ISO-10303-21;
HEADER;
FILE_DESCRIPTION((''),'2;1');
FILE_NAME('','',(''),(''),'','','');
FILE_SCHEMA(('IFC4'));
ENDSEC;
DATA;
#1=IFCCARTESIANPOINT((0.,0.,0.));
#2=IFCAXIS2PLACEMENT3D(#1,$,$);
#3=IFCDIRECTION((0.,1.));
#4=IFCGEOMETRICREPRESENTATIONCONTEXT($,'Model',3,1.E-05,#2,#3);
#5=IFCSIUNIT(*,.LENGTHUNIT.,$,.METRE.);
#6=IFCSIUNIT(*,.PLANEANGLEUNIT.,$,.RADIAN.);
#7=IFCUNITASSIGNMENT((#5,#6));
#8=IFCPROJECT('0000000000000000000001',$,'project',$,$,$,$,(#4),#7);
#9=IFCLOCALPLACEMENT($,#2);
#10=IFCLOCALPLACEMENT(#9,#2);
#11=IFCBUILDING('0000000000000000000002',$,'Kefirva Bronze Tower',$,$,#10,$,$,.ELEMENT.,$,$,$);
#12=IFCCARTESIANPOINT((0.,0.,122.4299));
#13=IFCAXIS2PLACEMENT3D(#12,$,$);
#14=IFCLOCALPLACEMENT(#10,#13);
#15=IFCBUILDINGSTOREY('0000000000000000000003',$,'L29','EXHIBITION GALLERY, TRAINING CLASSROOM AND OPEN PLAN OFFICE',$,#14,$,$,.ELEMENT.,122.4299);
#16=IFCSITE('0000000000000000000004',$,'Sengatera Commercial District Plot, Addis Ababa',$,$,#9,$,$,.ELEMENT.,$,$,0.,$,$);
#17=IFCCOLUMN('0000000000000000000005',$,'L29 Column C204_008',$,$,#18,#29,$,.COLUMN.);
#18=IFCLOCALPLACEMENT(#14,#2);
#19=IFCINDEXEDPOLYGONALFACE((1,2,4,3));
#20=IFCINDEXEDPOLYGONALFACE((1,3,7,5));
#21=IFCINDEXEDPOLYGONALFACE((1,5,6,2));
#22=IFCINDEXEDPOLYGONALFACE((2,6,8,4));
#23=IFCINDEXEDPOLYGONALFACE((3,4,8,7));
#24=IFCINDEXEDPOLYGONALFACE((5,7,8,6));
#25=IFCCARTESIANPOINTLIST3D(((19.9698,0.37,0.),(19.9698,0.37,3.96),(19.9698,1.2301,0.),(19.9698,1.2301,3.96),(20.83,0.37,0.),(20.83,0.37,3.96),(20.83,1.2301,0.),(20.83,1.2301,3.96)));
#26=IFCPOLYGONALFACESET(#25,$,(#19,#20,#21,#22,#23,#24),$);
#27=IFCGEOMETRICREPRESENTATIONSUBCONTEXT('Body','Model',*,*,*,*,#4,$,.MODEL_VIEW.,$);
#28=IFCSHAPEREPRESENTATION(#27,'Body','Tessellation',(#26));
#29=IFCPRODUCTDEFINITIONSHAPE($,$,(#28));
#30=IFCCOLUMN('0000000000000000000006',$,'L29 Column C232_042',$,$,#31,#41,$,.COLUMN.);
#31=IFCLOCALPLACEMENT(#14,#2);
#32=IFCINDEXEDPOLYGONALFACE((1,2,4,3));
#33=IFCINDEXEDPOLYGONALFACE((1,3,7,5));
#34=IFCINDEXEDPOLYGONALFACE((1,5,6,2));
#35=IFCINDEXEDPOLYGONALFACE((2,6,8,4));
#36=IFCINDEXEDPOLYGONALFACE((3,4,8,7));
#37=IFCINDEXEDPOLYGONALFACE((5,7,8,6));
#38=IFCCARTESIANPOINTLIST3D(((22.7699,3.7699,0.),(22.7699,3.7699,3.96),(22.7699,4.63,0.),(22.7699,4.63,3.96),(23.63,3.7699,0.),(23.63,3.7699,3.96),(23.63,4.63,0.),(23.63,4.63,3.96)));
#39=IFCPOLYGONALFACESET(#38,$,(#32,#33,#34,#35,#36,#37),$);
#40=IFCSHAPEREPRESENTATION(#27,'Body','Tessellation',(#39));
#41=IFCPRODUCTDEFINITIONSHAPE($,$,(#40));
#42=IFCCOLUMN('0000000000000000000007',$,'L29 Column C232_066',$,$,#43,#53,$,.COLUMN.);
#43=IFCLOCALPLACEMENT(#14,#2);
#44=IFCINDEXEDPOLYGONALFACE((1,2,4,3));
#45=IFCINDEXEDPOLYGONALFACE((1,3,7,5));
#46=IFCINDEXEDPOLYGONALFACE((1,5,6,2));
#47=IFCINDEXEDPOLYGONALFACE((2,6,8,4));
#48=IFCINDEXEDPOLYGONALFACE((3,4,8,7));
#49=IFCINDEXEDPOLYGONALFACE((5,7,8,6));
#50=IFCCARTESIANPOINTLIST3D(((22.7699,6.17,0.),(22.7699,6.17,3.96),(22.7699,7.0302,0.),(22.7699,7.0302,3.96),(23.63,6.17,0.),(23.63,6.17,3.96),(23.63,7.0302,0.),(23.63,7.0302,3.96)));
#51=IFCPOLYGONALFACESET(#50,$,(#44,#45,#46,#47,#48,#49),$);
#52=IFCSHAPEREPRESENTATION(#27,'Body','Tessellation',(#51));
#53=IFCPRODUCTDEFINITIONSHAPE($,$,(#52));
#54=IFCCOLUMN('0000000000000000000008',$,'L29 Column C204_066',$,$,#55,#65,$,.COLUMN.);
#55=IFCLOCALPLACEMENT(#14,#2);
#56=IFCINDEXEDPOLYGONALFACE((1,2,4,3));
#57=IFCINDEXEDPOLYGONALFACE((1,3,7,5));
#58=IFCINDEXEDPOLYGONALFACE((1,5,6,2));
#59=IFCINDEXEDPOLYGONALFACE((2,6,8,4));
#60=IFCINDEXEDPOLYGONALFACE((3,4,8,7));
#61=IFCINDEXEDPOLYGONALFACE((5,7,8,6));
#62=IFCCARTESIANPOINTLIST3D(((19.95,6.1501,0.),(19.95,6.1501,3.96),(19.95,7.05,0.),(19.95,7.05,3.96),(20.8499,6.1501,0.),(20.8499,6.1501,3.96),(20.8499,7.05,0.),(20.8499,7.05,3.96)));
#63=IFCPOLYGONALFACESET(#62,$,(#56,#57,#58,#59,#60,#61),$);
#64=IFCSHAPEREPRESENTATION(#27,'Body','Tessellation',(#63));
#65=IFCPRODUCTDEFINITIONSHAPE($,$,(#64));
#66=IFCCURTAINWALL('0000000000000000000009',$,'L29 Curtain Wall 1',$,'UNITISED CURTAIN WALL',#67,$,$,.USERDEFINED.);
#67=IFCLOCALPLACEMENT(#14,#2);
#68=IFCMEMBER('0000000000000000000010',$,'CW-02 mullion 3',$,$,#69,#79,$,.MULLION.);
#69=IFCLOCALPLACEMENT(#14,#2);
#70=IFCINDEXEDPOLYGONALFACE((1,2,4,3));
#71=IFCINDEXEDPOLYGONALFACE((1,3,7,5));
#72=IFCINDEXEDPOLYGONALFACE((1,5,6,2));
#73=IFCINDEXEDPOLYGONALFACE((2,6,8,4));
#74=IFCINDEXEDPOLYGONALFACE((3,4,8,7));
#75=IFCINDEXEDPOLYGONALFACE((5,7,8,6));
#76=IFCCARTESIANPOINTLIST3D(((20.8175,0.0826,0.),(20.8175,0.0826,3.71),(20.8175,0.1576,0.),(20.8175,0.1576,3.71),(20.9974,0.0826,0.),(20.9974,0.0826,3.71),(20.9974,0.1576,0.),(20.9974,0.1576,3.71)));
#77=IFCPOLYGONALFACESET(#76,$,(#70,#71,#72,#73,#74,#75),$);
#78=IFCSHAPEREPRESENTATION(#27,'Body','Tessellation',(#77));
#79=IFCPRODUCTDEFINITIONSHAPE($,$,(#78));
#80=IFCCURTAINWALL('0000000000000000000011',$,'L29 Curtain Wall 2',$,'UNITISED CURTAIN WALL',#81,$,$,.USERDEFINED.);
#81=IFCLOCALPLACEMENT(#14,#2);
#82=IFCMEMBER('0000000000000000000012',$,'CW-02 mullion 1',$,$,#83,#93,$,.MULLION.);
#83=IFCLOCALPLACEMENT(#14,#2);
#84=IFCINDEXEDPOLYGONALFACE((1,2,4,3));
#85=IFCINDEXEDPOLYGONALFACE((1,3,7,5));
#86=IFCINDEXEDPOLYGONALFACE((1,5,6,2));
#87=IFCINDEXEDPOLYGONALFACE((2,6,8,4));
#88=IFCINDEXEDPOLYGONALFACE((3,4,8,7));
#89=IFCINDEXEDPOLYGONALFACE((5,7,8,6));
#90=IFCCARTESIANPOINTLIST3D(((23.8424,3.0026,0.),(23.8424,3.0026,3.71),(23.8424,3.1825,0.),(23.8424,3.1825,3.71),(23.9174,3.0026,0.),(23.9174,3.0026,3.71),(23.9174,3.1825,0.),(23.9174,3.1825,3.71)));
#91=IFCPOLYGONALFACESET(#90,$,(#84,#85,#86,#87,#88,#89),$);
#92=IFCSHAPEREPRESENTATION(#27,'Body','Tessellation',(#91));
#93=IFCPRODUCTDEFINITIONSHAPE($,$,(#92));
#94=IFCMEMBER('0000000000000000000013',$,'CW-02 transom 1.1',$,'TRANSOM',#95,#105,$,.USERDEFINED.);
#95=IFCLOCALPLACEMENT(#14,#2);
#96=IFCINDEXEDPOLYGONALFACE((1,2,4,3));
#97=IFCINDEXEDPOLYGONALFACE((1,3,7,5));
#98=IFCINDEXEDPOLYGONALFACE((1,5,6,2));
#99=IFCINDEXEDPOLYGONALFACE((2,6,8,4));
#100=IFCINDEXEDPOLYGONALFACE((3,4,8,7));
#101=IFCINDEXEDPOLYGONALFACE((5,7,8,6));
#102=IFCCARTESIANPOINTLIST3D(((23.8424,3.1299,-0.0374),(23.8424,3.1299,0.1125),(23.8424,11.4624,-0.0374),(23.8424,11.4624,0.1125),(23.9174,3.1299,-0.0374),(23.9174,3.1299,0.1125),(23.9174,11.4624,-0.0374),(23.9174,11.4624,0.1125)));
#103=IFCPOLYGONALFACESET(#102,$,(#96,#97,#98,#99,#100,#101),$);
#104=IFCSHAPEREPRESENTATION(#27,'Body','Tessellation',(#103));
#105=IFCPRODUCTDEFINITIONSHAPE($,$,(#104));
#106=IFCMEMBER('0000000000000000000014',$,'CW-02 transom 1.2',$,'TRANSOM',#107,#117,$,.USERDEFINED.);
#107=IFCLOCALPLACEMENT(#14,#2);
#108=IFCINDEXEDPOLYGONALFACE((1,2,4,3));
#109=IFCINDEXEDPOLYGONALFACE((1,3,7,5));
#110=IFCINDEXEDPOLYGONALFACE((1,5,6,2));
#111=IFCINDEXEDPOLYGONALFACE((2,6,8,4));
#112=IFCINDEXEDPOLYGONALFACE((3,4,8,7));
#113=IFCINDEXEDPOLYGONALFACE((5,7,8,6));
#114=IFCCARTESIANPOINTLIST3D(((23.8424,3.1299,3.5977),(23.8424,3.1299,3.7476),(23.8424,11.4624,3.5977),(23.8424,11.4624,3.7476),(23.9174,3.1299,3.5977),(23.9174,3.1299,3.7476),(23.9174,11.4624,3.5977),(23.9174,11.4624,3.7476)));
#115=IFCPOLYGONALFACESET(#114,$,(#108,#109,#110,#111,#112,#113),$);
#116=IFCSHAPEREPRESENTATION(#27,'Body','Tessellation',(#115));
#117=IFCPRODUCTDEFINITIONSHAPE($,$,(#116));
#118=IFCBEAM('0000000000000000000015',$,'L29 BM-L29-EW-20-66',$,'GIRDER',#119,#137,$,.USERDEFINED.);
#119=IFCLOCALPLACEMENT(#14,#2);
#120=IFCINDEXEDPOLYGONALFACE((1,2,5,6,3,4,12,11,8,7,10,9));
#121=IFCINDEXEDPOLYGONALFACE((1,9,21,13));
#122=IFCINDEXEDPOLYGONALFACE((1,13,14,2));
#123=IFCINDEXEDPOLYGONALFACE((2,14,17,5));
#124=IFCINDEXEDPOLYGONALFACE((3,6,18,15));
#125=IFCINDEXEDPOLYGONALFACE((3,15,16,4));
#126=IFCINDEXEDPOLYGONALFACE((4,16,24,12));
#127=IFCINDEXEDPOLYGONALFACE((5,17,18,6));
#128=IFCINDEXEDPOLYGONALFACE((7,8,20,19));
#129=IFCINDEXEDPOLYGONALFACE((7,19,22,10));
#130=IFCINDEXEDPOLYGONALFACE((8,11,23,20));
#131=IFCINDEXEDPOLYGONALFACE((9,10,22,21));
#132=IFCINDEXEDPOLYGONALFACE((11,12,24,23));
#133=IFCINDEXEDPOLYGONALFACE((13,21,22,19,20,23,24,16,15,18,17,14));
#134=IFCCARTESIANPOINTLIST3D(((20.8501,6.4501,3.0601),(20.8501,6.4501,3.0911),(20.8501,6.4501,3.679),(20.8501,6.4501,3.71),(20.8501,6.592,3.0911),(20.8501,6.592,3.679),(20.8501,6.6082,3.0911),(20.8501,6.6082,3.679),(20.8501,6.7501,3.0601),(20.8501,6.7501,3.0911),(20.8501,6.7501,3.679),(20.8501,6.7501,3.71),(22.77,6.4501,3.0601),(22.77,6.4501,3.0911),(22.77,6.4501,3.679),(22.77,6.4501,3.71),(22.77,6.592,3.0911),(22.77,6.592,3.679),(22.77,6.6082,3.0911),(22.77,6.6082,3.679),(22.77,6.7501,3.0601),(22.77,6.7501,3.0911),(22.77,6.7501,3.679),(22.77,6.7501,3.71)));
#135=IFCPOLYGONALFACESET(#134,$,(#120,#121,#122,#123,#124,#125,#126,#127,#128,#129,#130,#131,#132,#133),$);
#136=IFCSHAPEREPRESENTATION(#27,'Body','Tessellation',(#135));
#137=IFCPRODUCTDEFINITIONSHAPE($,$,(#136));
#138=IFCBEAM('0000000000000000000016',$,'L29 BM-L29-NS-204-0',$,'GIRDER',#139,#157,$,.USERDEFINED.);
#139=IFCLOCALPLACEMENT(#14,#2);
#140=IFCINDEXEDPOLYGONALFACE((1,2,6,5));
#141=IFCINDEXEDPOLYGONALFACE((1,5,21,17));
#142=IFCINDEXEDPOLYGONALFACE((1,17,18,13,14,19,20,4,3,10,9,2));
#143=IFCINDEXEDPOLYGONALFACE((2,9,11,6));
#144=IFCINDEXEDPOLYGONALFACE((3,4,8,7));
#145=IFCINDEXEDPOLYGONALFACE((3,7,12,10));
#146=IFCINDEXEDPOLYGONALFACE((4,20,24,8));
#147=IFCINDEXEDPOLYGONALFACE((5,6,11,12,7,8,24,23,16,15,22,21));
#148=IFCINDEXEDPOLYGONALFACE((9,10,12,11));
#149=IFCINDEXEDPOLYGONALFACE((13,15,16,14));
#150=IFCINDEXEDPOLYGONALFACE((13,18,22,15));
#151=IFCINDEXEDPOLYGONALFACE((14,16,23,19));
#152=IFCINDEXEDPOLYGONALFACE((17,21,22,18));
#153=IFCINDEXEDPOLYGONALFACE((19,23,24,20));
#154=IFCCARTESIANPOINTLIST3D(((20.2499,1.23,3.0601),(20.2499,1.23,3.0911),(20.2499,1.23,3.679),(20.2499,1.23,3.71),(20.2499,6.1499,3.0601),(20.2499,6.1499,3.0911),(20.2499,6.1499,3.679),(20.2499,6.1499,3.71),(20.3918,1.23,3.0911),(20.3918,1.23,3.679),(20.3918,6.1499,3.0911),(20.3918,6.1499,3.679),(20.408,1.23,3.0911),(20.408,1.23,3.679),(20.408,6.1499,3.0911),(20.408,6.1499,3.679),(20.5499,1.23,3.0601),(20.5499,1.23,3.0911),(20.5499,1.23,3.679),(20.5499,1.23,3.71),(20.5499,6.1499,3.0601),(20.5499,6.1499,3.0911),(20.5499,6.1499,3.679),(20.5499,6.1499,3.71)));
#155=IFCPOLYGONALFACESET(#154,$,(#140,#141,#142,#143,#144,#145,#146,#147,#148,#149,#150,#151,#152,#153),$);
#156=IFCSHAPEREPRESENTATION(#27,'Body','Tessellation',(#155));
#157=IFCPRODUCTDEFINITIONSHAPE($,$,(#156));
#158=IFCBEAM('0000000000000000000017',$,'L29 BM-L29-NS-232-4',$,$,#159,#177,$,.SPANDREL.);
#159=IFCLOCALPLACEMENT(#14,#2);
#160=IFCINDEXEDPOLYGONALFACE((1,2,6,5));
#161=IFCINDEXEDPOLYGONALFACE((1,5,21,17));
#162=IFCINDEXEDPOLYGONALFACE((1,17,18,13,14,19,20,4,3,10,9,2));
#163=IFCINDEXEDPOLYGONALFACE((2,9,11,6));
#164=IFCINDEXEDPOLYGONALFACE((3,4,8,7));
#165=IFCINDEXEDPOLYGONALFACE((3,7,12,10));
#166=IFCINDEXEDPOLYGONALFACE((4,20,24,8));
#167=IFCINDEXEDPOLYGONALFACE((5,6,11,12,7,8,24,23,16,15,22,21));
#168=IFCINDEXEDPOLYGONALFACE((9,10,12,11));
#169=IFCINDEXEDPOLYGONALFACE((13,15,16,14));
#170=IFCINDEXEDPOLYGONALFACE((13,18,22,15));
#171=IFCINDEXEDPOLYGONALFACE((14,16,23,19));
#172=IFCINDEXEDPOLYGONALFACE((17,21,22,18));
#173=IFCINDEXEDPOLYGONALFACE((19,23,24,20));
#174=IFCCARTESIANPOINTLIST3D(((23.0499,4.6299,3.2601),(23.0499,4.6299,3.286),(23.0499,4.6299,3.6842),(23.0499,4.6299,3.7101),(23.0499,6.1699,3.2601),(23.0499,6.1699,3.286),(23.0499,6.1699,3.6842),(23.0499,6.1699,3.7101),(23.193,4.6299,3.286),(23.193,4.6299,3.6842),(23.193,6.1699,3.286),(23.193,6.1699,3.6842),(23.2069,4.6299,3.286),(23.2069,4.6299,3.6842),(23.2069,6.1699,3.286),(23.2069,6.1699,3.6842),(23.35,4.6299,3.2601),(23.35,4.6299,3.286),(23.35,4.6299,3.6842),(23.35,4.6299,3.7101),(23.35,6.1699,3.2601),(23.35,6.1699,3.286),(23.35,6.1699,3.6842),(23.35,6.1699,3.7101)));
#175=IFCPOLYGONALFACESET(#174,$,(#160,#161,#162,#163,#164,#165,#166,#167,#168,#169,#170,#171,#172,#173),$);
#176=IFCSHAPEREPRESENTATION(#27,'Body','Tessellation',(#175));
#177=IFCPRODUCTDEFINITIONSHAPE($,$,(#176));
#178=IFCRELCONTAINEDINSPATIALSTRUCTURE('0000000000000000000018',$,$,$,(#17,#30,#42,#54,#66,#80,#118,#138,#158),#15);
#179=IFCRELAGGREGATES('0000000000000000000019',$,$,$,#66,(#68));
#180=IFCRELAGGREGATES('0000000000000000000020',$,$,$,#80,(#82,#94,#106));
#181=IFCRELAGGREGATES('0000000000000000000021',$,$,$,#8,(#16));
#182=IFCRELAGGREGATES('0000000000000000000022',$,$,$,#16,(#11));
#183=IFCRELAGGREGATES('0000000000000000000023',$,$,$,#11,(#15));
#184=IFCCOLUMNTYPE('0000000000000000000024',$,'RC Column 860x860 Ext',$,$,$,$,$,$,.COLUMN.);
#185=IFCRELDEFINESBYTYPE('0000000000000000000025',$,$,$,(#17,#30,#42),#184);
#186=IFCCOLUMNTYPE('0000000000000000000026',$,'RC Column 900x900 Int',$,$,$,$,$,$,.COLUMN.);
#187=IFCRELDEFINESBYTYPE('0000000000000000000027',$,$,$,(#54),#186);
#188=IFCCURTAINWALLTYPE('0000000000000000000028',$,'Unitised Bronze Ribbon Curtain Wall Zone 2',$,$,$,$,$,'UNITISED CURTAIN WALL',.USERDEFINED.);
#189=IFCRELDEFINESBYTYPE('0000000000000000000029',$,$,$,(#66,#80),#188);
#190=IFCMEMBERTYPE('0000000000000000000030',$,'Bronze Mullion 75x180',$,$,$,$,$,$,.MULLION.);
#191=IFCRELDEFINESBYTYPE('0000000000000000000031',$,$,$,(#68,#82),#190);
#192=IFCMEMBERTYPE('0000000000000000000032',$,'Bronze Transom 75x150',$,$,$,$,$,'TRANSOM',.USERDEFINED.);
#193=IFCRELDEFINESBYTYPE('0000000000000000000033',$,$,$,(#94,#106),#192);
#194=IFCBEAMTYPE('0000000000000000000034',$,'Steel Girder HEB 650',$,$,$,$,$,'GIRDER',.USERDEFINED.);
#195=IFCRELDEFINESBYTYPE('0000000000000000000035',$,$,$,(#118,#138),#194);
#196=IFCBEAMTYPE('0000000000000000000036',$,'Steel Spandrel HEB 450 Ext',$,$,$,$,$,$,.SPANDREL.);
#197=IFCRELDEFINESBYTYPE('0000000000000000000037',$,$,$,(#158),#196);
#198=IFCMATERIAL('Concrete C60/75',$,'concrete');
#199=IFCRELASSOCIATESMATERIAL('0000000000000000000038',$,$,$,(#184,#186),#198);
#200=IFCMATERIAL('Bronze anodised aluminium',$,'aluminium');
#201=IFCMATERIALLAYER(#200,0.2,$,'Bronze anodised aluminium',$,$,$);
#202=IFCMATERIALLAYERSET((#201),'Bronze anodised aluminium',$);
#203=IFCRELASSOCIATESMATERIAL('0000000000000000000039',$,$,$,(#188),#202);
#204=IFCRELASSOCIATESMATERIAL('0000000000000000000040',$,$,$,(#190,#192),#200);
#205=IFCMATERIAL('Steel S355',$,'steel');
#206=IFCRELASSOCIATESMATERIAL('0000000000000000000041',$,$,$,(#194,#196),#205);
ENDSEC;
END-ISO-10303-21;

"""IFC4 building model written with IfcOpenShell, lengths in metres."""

from ifc_helpers import new_model, si_unit, direction, frame, origin, origin_2d, place, context, subcontext, project, spatial, rectangle, i_section, extrude, material, layer, layer_set, material_profile, profile_set, type_object, element, aggregate, save


model = new_model("IFC4")

# Units and contexts
model_context = context("Model", 3, precision=1e-05, world=origin(), true_north=direction((0.0, 1.0)))
body_context = subcontext(model_context, "Body", "Model", "MODEL_VIEW")
ifc_project = project(units=[si_unit("LENGTHUNIT", "METRE"), si_unit("PLANEANGLEUNIT", "RADIAN")], contexts=[model_context])

# Site, building, storey
site_placement = place(None, origin())
site = spatial("IfcSite", under=ifc_project, at=site_placement, Name="Sengatera Commercial District Plot, Addis Ababa", CompositionType="ELEMENT", RefElevation=0.0)
building_placement = place(site_placement, origin())
building = spatial("IfcBuilding", under=site, at=building_placement, Name="Kefirva Bronze Tower", CompositionType="ELEMENT")
storey_placement = place(building_placement, frame((0.0, 0.0, 122.4299)))
storey = spatial("IfcBuildingStorey", under=building, at=storey_placement, Name="L29", Description="EXHIBITION GALLERY, TRAINING CLASSROOM AND OPEN PLAN OFFICE", CompositionType="ELEMENT", Elevation=122.4299)

# Columns
ifc_material_1 = material(Name="Concrete C60/75", Category="concrete")
ifc_material_profile_1 = material_profile(ifc_material_1, rectangle(XDim=0.8601, YDim=0.8601, at=origin_2d()), Name="RC 860x860")
ifc_profile_set_1 = profile_set([ifc_material_profile_1], Name="Concrete C60/75")
column_type_1 = type_object("IfcColumnType", Name="RC Column 860x860 Ext", PredefinedType="COLUMN", material=ifc_profile_set_1)
for number, where, z_axis, x_axis, name in (
    (1, (20.3999, 0.8, 0.0), (0.0, 0.0, 1.0), (1.0, 0.0, 0.0), "L29 Column C204_008"),
    (2, (23.2, 4.2, 0.0), (0.0, 0.0, 1.0), (1.0, 0.0, 0.0), "L29 Column C232_042"),
    (3, (23.2, 6.6001, 0.0), (0.0, 0.0, 1.0), (1.0, 0.0, 0.0), "L29 Column C232_066"),
):
    element("IfcColumn", number, at=place(storey_placement, frame(where, z_axis=z_axis, x_axis=x_axis)), inside=storey, type_object=column_type_1, Name=name, PredefinedType="COLUMN", context=body_context, shape_type="SweptSolid", body=[
        extrude(rectangle(XDim=0.8601, YDim=0.8601, at=origin_2d()), origin(), (0.0, 0.0, 1.0), 3.96),
    ])
ifc_material_profile_2 = material_profile(ifc_material_1, rectangle(XDim=0.8999, YDim=0.8999, at=origin_2d()), Name="RC 900x900")
ifc_profile_set_2 = profile_set([ifc_material_profile_2], Name="Concrete C60/75")
column_type_2 = type_object("IfcColumnType", Name="RC Column 900x900 Int", PredefinedType="COLUMN", material=ifc_profile_set_2)
column_placement = place(storey_placement, frame((20.3999, 6.6001, 0.0), z_axis=(0.0, 0.0, 1.0), x_axis=(1.0, 0.0, 0.0)))
element("IfcColumn", 4, at=column_placement, inside=storey, type_object=column_type_2, Name="L29 Column C204_066", PredefinedType="COLUMN", context=body_context, shape_type="SweptSolid", body=[
    extrude(rectangle(XDim=0.8999, YDim=0.8999, at=origin_2d()), origin(), (0.0, 0.0, 1.0), 3.96),
])

# Curtain wall, member
ifc_material_2 = material(Name="Bronze anodised aluminium", Category="aluminium")
ifc_layer_1 = layer(ifc_material_2, 0.2, Name="Bronze anodised aluminium")
ifc_layer_set_1 = layer_set([ifc_layer_1], Name="Bronze anodised aluminium")
curtain_wall_type = type_object("IfcCurtainWallType", Name="Unitised Bronze Ribbon Curtain Wall Zone 2", ElementType="UNITISED CURTAIN WALL", PredefinedType="USERDEFINED", material=ifc_layer_set_1)
curtain_wall_1_placement = place(storey_placement, origin())
curtain_wall_1 = element("IfcCurtainWall", 5, at=curtain_wall_1_placement, inside=storey, type_object=curtain_wall_type, Name="L29 Curtain Wall 1", ObjectType="UNITISED CURTAIN WALL", PredefinedType="USERDEFINED")
ifc_material_profile_3 = material_profile(ifc_material_2, rectangle(XDim=0.075, YDim=0.1799, at=origin_2d()), Name="ALU 75x180")
ifc_profile_set_3 = profile_set([ifc_material_profile_3], Name="Bronze anodised aluminium")
member_type_1 = type_object("IfcMemberType", Name="Bronze Mullion 75x180", PredefinedType="MULLION", material=ifc_profile_set_3)
member_1_placement = place(storey_placement, frame((20.9075, 0.1201, 0.0), z_axis=(0.0, 0.0, 1.0), x_axis=(0.0, 1.0, 0.0)))
member_1 = element("IfcMember", 6, at=member_1_placement, type_object=member_type_1, Name="CW-02 mullion 3", PredefinedType="MULLION", context=body_context, shape_type="SweptSolid", body=[
    extrude(rectangle(XDim=0.075, YDim=0.1799, at=origin_2d()), origin(), (0.0, 0.0, 1.0), 3.71),
])
aggregate(curtain_wall_1, [member_1])

# Curtain wall, members
curtain_wall_2_placement = place(storey_placement, origin())
curtain_wall_2 = element("IfcCurtainWall", 7, at=curtain_wall_2_placement, inside=storey, type_object=curtain_wall_type, Name="L29 Curtain Wall 2", ObjectType="UNITISED CURTAIN WALL", PredefinedType="USERDEFINED")
member_2_placement = place(storey_placement, frame((23.8799, 3.0925, 0.0), z_axis=(0.0, 0.0, 1.0), x_axis=(-1.0, 0.0, 0.0)))
member_2 = element("IfcMember", 8, at=member_2_placement, type_object=member_type_1, Name="CW-02 mullion 1", PredefinedType="MULLION", context=body_context, shape_type="SweptSolid", body=[
    extrude(rectangle(XDim=0.075, YDim=0.1799, at=origin_2d()), origin(), (0.0, 0.0, 1.0), 3.71),
])
ifc_material_profile_4 = material_profile(ifc_material_2, rectangle(XDim=0.075, YDim=0.1499, at=origin_2d()), Name="ALU 75x150")
ifc_profile_set_4 = profile_set([ifc_material_profile_4], Name="Bronze anodised aluminium")
member_type_2 = type_object("IfcMemberType", Name="Bronze Transom 75x150", ElementType="TRANSOM", PredefinedType="USERDEFINED", material=ifc_profile_set_4)
member_3_placement = place(storey_placement, frame((23.8799, 3.1299, 0.0376), z_axis=(0.0, 1.0, 0.0), x_axis=(-1.0, 0.0, 0.0)))
member_3 = element("IfcMember", 9, at=member_3_placement, type_object=member_type_2, Name="CW-02 transom 1.1", ObjectType="TRANSOM", PredefinedType="USERDEFINED", context=body_context, shape_type="SweptSolid", body=[
    extrude(rectangle(XDim=0.075, YDim=0.1499, at=origin_2d()), origin(), (0.0, 0.0, 1.0), 8.3325),
])
member_4_placement = place(storey_placement, frame((23.8799, 3.1299, 3.6726), z_axis=(0.0, 1.0, 0.0), x_axis=(-1.0, 0.0, 0.0)))
member_4 = element("IfcMember", 10, at=member_4_placement, type_object=member_type_2, Name="CW-02 transom 1.2", ObjectType="TRANSOM", PredefinedType="USERDEFINED", context=body_context, shape_type="SweptSolid", body=[
    extrude(rectangle(XDim=0.075, YDim=0.1499, at=origin_2d()), origin(), (0.0, 0.0, 1.0), 8.3325),
])
aggregate(curtain_wall_2, [member_2, member_3, member_4])

# Beams
ifc_material_3 = material(Name="Steel S355", Category="steel")
ifc_material_profile_5 = material_profile(ifc_material_3, i_section(OverallWidth=0.3, OverallDepth=0.6499, WebThickness=0.0161, FlangeThickness=0.031, at=origin_2d()), Name="HEB 650")
ifc_profile_set_5 = profile_set([ifc_material_profile_5], Name="Steel S355")
beam_type_1 = type_object("IfcBeamType", Name="Steel Girder HEB 650", ElementType="GIRDER", PredefinedType="USERDEFINED", material=ifc_profile_set_5)
beam_1_placement = place(storey_placement, frame((20.8501, 6.6001, 3.385), z_axis=(1.0, 0.0, 0.0), x_axis=(0.0, 1.0, 0.0)))
element("IfcBeam", 11, at=beam_1_placement, inside=storey, type_object=beam_type_1, Name="L29 BM-L29-EW-20-66", ObjectType="GIRDER", PredefinedType="USERDEFINED", context=body_context, shape_type="SweptSolid", body=[
    extrude(i_section(OverallWidth=0.3, OverallDepth=0.6499, WebThickness=0.0161, FlangeThickness=0.031, at=origin_2d()), origin(), (0.0, 0.0, 1.0), 1.9199),
])
beam_2_placement = place(storey_placement, frame((20.3999, 1.23, 3.385), z_axis=(0.0, 1.0, 0.0), x_axis=(-1.0, 0.0, 0.0)))
element("IfcBeam", 12, at=beam_2_placement, inside=storey, type_object=beam_type_1, Name="L29 BM-L29-NS-204-0", ObjectType="GIRDER", PredefinedType="USERDEFINED", context=body_context, shape_type="SweptSolid", body=[
    extrude(i_section(OverallWidth=0.3, OverallDepth=0.6499, WebThickness=0.0161, FlangeThickness=0.031, at=origin_2d()), origin(), (0.0, 0.0, 1.0), 4.9199),
])
ifc_material_profile_6 = material_profile(ifc_material_3, i_section(OverallWidth=0.3, OverallDepth=0.45, WebThickness=0.0139, FlangeThickness=0.0259, at=origin_2d()), Name="HEB 450")
ifc_profile_set_6 = profile_set([ifc_material_profile_6], Name="Steel S355")
beam_type_2 = type_object("IfcBeamType", Name="Steel Spandrel HEB 450 Ext", PredefinedType="SPANDREL", material=ifc_profile_set_6)
beam_3_placement = place(storey_placement, frame((23.2, 4.6299, 3.4851), z_axis=(0.0, 1.0, 0.0), x_axis=(-1.0, 0.0, 0.0)))
element("IfcBeam", 13, at=beam_3_placement, inside=storey, type_object=beam_type_2, Name="L29 BM-L29-NS-232-4", PredefinedType="SPANDREL", context=body_context, shape_type="SweptSolid", body=[
    extrude(i_section(OverallWidth=0.3, OverallDepth=0.45, WebThickness=0.0139, FlangeThickness=0.0259, at=origin_2d()), origin(), (0.0, 0.0, 1.0), 1.54),
])

save(model, "model.ifc")
